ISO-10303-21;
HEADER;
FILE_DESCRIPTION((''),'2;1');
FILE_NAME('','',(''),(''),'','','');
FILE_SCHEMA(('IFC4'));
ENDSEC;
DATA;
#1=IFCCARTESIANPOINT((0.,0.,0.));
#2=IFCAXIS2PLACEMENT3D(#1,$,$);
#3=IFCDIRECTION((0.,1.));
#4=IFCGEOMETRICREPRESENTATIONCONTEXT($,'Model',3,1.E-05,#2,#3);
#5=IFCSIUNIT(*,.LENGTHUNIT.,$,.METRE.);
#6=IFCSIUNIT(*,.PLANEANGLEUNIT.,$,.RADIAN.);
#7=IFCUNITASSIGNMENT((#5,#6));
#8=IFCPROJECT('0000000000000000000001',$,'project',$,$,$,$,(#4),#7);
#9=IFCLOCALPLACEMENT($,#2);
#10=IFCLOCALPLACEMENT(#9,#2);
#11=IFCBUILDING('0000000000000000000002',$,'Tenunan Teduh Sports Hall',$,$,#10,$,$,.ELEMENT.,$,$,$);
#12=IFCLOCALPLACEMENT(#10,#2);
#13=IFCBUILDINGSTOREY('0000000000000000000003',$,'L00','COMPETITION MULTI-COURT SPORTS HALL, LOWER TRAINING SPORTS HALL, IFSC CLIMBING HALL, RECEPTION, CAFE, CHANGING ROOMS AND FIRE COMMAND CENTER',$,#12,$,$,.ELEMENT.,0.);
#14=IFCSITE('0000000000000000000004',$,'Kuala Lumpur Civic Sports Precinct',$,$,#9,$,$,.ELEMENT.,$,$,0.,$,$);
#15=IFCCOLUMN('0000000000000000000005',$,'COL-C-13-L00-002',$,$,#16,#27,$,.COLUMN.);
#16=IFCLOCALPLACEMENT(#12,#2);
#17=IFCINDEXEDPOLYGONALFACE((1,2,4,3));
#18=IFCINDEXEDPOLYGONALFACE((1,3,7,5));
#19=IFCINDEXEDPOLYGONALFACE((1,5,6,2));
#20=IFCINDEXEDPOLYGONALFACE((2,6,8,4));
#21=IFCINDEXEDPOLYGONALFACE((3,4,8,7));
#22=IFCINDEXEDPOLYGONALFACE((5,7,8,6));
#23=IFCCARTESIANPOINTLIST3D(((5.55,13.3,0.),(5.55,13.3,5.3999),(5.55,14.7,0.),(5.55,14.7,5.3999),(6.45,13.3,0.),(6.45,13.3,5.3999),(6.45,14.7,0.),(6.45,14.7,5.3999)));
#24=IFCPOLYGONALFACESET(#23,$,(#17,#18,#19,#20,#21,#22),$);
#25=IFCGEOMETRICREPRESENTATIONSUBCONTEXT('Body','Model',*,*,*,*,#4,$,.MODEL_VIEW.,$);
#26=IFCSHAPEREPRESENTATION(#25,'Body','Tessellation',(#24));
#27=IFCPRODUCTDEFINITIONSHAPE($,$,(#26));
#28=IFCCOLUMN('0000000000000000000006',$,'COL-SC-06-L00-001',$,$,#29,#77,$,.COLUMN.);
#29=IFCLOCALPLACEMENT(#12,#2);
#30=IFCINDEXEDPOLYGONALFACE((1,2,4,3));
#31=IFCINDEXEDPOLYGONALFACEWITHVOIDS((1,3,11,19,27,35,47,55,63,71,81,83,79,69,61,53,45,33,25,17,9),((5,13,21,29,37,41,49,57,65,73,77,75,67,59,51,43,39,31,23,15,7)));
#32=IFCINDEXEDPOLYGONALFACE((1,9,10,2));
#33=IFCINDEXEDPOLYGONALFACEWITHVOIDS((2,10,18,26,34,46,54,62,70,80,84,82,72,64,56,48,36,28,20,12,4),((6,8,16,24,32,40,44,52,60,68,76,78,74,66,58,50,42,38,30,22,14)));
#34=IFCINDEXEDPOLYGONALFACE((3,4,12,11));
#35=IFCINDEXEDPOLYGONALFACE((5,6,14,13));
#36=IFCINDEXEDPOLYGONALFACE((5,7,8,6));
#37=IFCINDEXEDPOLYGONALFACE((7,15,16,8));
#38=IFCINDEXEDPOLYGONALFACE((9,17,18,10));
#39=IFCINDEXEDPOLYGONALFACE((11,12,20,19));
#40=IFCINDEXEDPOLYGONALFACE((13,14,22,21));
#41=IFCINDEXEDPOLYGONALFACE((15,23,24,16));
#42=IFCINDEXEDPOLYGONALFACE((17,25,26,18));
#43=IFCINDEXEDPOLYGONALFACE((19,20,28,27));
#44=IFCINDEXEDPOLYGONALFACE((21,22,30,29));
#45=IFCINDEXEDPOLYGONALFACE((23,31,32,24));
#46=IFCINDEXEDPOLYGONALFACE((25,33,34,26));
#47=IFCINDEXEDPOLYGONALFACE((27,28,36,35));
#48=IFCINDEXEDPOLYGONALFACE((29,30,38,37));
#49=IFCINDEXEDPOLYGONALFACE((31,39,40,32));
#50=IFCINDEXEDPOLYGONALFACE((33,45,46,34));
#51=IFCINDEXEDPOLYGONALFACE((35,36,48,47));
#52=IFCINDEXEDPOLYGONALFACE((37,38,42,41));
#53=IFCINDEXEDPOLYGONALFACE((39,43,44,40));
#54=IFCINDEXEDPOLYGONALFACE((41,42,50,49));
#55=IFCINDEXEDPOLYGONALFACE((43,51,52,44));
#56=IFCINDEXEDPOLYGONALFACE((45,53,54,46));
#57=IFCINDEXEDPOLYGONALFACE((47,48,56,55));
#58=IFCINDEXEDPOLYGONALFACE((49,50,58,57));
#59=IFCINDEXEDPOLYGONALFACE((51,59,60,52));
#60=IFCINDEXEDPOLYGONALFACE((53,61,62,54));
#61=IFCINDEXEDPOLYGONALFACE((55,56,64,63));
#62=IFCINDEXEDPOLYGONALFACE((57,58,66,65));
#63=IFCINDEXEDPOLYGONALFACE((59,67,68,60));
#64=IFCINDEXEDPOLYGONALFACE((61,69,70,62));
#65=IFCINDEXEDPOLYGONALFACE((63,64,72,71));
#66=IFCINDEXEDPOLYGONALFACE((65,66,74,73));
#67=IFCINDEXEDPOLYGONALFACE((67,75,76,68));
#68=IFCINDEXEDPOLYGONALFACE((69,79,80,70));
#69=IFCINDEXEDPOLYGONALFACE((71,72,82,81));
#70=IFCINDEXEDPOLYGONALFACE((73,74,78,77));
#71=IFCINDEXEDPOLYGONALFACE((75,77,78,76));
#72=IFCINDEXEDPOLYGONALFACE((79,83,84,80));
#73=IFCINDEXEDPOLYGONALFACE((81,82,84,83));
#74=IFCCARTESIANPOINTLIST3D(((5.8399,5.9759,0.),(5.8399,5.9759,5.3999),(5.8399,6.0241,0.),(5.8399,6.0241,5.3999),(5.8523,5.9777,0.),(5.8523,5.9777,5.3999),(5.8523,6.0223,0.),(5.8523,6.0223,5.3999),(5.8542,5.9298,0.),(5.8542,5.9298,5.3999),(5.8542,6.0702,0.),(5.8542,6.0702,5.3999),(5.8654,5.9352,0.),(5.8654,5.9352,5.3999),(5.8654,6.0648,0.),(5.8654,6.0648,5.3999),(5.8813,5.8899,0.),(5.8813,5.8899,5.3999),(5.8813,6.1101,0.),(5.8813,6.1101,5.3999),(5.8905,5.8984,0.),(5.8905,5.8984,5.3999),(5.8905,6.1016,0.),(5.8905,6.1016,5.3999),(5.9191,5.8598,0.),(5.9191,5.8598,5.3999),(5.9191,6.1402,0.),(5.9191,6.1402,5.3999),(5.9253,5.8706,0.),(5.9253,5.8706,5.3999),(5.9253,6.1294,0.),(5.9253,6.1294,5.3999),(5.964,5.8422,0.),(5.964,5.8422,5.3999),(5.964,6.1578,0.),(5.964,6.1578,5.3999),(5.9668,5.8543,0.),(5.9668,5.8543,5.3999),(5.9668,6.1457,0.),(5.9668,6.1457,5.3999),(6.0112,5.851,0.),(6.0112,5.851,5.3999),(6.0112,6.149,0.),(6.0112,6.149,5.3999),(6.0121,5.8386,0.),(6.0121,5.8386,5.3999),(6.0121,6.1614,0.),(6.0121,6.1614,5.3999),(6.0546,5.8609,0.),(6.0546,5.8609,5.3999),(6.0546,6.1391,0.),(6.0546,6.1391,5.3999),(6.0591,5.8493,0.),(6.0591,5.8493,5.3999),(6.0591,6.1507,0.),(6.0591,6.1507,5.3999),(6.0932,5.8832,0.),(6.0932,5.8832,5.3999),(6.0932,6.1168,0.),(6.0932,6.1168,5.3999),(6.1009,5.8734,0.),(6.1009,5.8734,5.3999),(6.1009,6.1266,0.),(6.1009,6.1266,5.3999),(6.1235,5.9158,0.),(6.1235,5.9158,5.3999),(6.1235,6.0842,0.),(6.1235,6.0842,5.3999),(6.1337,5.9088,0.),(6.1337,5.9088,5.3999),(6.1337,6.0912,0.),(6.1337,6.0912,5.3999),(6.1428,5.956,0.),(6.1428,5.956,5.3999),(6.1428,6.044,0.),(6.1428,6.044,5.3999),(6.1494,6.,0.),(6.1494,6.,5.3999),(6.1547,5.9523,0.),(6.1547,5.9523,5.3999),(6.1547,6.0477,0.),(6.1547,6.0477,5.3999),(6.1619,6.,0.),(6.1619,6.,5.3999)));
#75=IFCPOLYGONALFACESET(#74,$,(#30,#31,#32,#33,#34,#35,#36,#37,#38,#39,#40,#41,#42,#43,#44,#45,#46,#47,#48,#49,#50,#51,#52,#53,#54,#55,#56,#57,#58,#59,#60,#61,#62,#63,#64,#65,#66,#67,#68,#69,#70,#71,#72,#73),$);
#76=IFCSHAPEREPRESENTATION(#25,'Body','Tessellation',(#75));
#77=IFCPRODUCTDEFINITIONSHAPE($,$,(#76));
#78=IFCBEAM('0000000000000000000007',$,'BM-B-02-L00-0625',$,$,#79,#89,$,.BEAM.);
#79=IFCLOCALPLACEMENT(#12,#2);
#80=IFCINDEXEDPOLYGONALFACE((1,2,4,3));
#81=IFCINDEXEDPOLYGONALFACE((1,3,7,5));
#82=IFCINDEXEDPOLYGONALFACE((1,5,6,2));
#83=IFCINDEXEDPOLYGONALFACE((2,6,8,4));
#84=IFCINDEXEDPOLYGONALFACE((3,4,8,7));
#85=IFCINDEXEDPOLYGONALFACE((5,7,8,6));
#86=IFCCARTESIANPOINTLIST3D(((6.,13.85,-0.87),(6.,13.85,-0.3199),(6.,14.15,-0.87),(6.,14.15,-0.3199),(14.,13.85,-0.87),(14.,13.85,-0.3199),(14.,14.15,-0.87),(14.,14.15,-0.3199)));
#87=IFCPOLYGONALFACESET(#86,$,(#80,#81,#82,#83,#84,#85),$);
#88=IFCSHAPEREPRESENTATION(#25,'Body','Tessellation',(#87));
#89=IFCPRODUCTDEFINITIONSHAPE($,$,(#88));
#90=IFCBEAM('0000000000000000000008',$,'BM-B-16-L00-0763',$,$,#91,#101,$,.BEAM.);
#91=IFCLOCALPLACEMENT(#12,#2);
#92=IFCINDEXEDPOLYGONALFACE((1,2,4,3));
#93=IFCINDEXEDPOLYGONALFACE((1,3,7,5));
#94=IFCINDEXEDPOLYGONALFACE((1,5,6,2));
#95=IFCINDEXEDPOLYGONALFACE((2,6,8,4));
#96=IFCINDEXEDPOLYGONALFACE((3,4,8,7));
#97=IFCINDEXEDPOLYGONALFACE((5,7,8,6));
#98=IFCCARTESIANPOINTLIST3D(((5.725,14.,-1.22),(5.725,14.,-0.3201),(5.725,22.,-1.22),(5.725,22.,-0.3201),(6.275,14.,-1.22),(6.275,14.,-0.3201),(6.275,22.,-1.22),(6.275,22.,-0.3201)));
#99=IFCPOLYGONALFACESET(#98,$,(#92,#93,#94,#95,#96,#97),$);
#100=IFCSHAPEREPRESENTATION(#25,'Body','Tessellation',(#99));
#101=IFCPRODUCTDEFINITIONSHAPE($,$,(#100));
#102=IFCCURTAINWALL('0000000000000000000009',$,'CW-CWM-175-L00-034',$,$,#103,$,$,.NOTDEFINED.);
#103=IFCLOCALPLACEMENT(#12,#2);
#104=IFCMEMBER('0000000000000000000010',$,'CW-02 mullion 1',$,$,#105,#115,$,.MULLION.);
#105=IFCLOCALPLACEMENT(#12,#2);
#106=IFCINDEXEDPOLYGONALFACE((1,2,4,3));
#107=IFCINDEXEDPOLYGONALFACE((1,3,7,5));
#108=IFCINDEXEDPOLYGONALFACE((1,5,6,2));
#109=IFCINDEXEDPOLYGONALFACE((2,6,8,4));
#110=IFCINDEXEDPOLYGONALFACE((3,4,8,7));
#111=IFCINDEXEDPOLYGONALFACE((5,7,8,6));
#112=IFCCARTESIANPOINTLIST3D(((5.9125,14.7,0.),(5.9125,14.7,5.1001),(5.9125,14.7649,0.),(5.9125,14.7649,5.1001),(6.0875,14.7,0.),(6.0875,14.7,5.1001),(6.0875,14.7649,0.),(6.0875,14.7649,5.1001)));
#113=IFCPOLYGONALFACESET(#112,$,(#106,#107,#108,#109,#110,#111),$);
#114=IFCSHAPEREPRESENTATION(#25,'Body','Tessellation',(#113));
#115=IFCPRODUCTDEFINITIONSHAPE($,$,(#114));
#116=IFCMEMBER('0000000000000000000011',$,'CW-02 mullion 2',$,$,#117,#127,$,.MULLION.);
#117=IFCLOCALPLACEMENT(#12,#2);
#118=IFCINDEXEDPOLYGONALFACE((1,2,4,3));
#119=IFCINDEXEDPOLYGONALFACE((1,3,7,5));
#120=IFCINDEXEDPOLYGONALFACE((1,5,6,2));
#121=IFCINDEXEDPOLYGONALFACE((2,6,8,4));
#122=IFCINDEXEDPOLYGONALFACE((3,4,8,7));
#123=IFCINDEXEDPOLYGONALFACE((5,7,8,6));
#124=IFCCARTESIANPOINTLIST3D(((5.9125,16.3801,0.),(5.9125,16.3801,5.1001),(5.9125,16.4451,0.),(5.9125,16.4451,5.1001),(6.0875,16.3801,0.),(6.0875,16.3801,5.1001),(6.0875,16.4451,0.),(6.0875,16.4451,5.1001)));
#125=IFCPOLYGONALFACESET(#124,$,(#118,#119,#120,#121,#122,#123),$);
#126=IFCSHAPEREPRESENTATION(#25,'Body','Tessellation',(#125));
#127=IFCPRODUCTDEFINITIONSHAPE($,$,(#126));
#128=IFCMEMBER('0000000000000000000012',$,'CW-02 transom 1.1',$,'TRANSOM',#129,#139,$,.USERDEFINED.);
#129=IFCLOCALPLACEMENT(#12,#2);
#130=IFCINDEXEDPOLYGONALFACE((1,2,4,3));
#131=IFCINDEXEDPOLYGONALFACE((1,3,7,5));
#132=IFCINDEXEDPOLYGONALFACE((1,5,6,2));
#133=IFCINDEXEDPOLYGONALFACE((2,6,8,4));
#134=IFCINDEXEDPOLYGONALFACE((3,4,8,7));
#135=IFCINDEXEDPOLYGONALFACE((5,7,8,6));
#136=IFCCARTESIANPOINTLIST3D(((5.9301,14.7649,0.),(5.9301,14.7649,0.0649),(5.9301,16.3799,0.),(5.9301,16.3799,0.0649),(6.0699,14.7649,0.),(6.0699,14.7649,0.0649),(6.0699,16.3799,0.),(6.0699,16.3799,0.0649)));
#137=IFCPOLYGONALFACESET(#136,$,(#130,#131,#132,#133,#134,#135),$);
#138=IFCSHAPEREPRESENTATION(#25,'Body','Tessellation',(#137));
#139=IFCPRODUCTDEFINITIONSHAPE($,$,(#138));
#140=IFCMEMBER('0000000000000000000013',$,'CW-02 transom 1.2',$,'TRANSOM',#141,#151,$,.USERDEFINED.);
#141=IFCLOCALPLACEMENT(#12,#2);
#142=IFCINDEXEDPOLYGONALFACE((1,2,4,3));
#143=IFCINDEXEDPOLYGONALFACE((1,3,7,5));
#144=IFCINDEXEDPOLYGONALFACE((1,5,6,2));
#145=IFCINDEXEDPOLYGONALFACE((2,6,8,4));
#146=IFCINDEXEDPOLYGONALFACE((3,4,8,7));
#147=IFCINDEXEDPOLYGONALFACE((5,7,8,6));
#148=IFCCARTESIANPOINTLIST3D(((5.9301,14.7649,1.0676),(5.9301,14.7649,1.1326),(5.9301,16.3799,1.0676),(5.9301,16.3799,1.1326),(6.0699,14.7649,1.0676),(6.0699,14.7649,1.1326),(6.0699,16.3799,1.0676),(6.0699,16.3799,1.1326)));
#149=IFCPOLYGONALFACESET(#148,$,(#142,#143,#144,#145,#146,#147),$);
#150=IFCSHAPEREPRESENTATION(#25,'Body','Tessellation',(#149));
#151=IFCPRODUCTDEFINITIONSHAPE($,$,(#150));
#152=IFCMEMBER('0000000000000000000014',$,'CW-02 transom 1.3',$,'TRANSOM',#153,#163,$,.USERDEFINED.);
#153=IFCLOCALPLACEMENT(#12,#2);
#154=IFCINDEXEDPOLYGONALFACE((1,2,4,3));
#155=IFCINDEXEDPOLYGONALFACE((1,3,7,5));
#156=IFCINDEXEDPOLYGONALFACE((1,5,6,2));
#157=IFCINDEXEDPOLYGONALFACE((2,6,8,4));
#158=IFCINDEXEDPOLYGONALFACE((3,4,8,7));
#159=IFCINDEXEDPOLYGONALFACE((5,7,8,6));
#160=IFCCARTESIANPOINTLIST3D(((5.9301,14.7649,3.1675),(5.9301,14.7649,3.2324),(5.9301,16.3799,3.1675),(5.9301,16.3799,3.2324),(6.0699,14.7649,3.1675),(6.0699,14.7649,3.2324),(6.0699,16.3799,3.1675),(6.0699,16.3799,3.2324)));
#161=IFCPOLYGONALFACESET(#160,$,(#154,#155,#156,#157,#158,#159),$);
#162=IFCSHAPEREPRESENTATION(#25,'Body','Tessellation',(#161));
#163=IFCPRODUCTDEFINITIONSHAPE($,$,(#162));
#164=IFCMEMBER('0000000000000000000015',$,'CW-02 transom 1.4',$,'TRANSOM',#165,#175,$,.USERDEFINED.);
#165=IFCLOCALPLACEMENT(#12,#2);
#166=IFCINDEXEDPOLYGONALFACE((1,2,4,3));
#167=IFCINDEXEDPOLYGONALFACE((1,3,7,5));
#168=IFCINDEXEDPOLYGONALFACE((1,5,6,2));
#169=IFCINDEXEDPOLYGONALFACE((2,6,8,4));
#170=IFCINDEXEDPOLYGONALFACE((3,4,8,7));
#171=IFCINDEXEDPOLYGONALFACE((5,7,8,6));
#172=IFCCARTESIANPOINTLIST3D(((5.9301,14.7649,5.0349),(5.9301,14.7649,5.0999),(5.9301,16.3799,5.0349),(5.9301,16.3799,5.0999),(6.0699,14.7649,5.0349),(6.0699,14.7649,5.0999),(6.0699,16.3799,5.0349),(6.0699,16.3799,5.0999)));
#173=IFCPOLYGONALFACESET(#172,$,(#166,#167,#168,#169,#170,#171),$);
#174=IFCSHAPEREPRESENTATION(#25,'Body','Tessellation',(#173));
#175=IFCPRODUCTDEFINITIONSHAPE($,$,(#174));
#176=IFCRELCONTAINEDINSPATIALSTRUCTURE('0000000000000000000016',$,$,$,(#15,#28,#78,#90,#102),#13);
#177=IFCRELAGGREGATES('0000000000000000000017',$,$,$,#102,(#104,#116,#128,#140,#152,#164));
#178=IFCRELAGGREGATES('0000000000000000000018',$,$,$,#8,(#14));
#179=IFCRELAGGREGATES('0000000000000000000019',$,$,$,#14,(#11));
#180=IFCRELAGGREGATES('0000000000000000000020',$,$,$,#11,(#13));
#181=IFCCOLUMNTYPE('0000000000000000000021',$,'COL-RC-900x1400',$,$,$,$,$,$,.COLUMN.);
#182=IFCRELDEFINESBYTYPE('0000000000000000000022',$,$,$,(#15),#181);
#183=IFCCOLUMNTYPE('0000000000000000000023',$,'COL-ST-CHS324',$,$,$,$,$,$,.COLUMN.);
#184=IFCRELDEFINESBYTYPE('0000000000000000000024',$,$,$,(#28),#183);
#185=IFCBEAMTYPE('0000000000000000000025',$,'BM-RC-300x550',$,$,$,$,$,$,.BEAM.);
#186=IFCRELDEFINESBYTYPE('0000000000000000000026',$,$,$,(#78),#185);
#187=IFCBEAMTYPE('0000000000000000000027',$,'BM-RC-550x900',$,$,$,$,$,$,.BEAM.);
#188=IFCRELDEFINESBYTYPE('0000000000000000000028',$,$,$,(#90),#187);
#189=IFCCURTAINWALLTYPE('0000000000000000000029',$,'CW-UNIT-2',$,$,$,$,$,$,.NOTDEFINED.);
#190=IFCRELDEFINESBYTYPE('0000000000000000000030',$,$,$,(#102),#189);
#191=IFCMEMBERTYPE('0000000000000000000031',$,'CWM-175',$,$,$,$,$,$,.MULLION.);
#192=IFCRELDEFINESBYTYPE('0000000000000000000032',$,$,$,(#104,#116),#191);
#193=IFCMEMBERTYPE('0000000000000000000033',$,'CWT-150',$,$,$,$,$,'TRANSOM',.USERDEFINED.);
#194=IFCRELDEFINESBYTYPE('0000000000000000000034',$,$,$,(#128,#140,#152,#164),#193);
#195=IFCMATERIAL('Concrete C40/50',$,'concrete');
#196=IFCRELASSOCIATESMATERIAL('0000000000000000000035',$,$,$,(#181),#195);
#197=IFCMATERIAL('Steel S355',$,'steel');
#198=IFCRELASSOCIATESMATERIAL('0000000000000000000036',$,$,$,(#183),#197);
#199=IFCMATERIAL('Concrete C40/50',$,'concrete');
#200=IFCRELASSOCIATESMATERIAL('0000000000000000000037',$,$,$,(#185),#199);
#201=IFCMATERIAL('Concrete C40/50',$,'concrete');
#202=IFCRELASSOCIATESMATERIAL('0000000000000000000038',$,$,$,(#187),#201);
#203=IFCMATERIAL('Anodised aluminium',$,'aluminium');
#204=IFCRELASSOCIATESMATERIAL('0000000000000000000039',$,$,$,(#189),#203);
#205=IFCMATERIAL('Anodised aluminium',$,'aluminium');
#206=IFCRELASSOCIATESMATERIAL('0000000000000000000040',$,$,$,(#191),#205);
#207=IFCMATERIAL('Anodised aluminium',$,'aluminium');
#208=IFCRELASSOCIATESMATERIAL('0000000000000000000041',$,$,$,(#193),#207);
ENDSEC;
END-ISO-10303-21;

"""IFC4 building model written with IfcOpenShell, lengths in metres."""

from ifc_helpers import new_model, si_unit, direction, frame, origin, origin_2d, place, context, subcontext, project, spatial, rectangle, hollow_circle, extrude, material, material_profile, profile_set, type_object, element, aggregate, save


model = new_model("IFC4")

# Units and contexts
model_context = context("Model", 3, precision=1e-05, world=origin(), true_north=direction((0.0, 1.0)))
body_context = subcontext(model_context, "Body", "Model", "MODEL_VIEW")
ifc_project = project(units=[si_unit("LENGTHUNIT", "METRE"), si_unit("PLANEANGLEUNIT", "RADIAN")], contexts=[model_context])

# Site, building, storey
site_placement = place(None, origin())
site = spatial("IfcSite", under=ifc_project, at=site_placement, Name="Kuala Lumpur Civic Sports Precinct", CompositionType="ELEMENT", RefElevation=0.0)
building_placement = place(site_placement, origin())
building = spatial("IfcBuilding", under=site, at=building_placement, Name="Tenunan Teduh Sports Hall", CompositionType="ELEMENT")
storey_placement = place(building_placement, origin())
storey = spatial("IfcBuildingStorey", under=building, at=storey_placement, Name="L00", Description="COMPETITION MULTI-COURT SPORTS HALL, LOWER TRAINING SPORTS HALL, IFSC CLIMBING HALL, RECEPTION, CAFE, CHANGING ROOMS AND FIRE COMMAND CENTER", CompositionType="ELEMENT", Elevation=0.0)

# Columns
ifc_material_1 = material(Name="Concrete C40/50", Category="concrete")
ifc_material_profile_1 = material_profile(ifc_material_1, rectangle(XDim=0.8999, YDim=1.3999, at=origin_2d()), Name="RC 900x1400")
ifc_profile_set_1 = profile_set([ifc_material_profile_1], Name="Concrete C40/50")
column_type_1 = type_object("IfcColumnType", Name="COL-RC-900x1400", PredefinedType="COLUMN", material=ifc_profile_set_1)
column_1_placement = place(storey_placement, frame((6.0, 14.0, 0.0), z_axis=(0.0, 0.0, 1.0), x_axis=(1.0, 0.0, 0.0)))
element("IfcColumn", 1, at=column_1_placement, inside=storey, type_object=column_type_1, Name="COL-C-13-L00-002", PredefinedType="COLUMN", context=body_context, shape_type="SweptSolid", body=[
    extrude(rectangle(XDim=0.8999, YDim=1.3999, at=origin_2d()), origin(), (0.0, 0.0, 1.0), 5.3999),
])
ifc_material_2 = material(Name="Steel S355", Category="steel")
ifc_material_profile_2 = material_profile(ifc_material_2, hollow_circle(Radius=0.1619, WallThickness=0.0125, at=origin_2d()), Name="CHS 323.9x12.5")
ifc_profile_set_2 = profile_set([ifc_material_profile_2], Name="Steel S355")
column_type_2 = type_object("IfcColumnType", Name="COL-ST-CHS324", PredefinedType="COLUMN", material=ifc_profile_set_2)
column_2_placement = place(storey_placement, frame((6.0, 6.0, 0.0), z_axis=(0.0, 0.0, 1.0), x_axis=(1.0, 0.0, 0.0)))
element("IfcColumn", 2, at=column_2_placement, inside=storey, type_object=column_type_2, Name="COL-SC-06-L00-001", PredefinedType="COLUMN", context=body_context, shape_type="SweptSolid", body=[
    extrude(hollow_circle(Radius=0.1619, WallThickness=0.0125, at=origin_2d()), origin(), (0.0, 0.0, 1.0), 5.3999),
])

# Beams
ifc_material_3 = material(Name="Concrete C40/50", Category="concrete")
ifc_material_profile_3 = material_profile(ifc_material_3, rectangle(XDim=0.3, YDim=0.55, at=origin_2d()), Name="RCB 300x550")
ifc_profile_set_3 = profile_set([ifc_material_profile_3], Name="Concrete C40/50")
beam_type_1 = type_object("IfcBeamType", Name="BM-RC-300x550", PredefinedType="BEAM", material=ifc_profile_set_3)
beam_1_placement = place(storey_placement, frame((6.0, 14.0, -0.595), z_axis=(1.0, 0.0, 0.0), x_axis=(0.0, 1.0, 0.0)))
element("IfcBeam", 3, at=beam_1_placement, inside=storey, type_object=beam_type_1, Name="BM-B-02-L00-0625", PredefinedType="BEAM", context=body_context, shape_type="SweptSolid", body=[
    extrude(rectangle(XDim=0.3, YDim=0.55, at=origin_2d()), origin(), (0.0, 0.0, 1.0), 8.0),
])
ifc_material_4 = material(Name="Concrete C40/50", Category="concrete")
ifc_material_profile_4 = material_profile(ifc_material_4, rectangle(XDim=0.55, YDim=0.8999, at=origin_2d()), Name="RCB 550x900")
ifc_profile_set_4 = profile_set([ifc_material_profile_4], Name="Concrete C40/50")
beam_type_2 = type_object("IfcBeamType", Name="BM-RC-550x900", PredefinedType="BEAM", material=ifc_profile_set_4)
beam_2_placement = place(storey_placement, frame((6.0, 14.0, -0.77), z_axis=(0.0, 1.0, 0.0), x_axis=(-1.0, 0.0, 0.0)))
element("IfcBeam", 4, at=beam_2_placement, inside=storey, type_object=beam_type_2, Name="BM-B-16-L00-0763", PredefinedType="BEAM", context=body_context, shape_type="SweptSolid", body=[
    extrude(rectangle(XDim=0.55, YDim=0.8999, at=origin_2d()), origin(), (0.0, 0.0, 1.0), 8.0),
])

# Curtain wall, members
ifc_material_5 = material(Name="Anodised aluminium", Category="aluminium")
curtain_wall_type = type_object("IfcCurtainWallType", Name="CW-UNIT-2", PredefinedType="NOTDEFINED", material=ifc_material_5)
curtain_wall_placement = place(storey_placement, origin())
curtain_wall = element("IfcCurtainWall", 5, at=curtain_wall_placement, inside=storey, type_object=curtain_wall_type, Name="CW-CWM-175-L00-034", PredefinedType="NOTDEFINED")
ifc_material_6 = material(Name="Anodised aluminium", Category="aluminium")
ifc_material_profile_5 = material_profile(ifc_material_6, rectangle(XDim=0.0649, YDim=0.175, at=origin_2d()), Name="CWM 65x175")
ifc_profile_set_5 = profile_set([ifc_material_profile_5], Name="Anodised aluminium")
member_type_1 = type_object("IfcMemberType", Name="CWM-175", PredefinedType="MULLION", material=ifc_profile_set_5)
member_1_placement = place(storey_placement, frame((6.0, 14.7324, 0.0), z_axis=(0.0, 0.0, 1.0), x_axis=(0.0, 1.0, 0.0)))
member_1 = element("IfcMember", 6, at=member_1_placement, type_object=member_type_1, Name="CW-02 mullion 1", PredefinedType="MULLION", context=body_context, shape_type="SweptSolid", body=[
    extrude(rectangle(XDim=0.0649, YDim=0.175, at=origin_2d()), origin(), (0.0, 0.0, 1.0), 5.1001),
])
member_2_placement = place(storey_placement, frame((6.0, 16.4126, 0.0), z_axis=(0.0, 0.0, 1.0), x_axis=(0.0, 1.0, 0.0)))
member_2 = element("IfcMember", 7, at=member_2_placement, type_object=member_type_1, Name="CW-02 mullion 2", PredefinedType="MULLION", context=body_context, shape_type="SweptSolid", body=[
    extrude(rectangle(XDim=0.0649, YDim=0.175, at=origin_2d()), origin(), (0.0, 0.0, 1.0), 5.1001),
])
ifc_material_7 = material(Name="Anodised aluminium", Category="aluminium")
ifc_material_profile_6 = material_profile(ifc_material_7, rectangle(XDim=0.0649, YDim=0.1399, at=origin_2d()), Name="CWT 65x140")
ifc_profile_set_6 = profile_set([ifc_material_profile_6], Name="Anodised aluminium")
member_type_2 = type_object("IfcMemberType", Name="CWT-150", ElementType="TRANSOM", PredefinedType="USERDEFINED", material=ifc_profile_set_6)
member_3_placement = place(storey_placement, frame((6.0, 14.7649, 0.0325), z_axis=(0.0, 1.0, 0.0), x_axis=(0.0, 0.0, 1.0)))
member_3 = element("IfcMember", 8, at=member_3_placement, type_object=member_type_2, Name="CW-02 transom 1.1", ObjectType="TRANSOM", PredefinedType="USERDEFINED", context=body_context, shape_type="SweptSolid", body=[
    extrude(rectangle(XDim=0.0649, YDim=0.1399, at=origin_2d()), origin(), (0.0, 0.0, 1.0), 1.615),
])
member_4_placement = place(storey_placement, frame((6.0, 14.7649, 1.1001), z_axis=(0.0, 1.0, 0.0), x_axis=(0.0, 0.0, 1.0)))
member_4 = element("IfcMember", 9, at=member_4_placement, type_object=member_type_2, Name="CW-02 transom 1.2", ObjectType="TRANSOM", PredefinedType="USERDEFINED", context=body_context, shape_type="SweptSolid", body=[
    extrude(rectangle(XDim=0.0649, YDim=0.1399, at=origin_2d()), origin(), (0.0, 0.0, 1.0), 1.615),
])
member_5_placement = place(storey_placement, frame((6.0, 14.7649, 3.2), z_axis=(0.0, 1.0, 0.0), x_axis=(0.0, 0.0, 1.0)))
member_5 = element("IfcMember", 10, at=member_5_placement, type_object=member_type_2, Name="CW-02 transom 1.3", ObjectType="TRANSOM", PredefinedType="USERDEFINED", context=body_context, shape_type="SweptSolid", body=[
    extrude(rectangle(XDim=0.0649, YDim=0.1399, at=origin_2d()), origin(), (0.0, 0.0, 1.0), 1.615),
])
member_6_placement = place(storey_placement, frame((6.0, 14.7649, 5.0674), z_axis=(0.0, 1.0, 0.0), x_axis=(0.0, 0.0, 1.0)))
member_6 = element("IfcMember", 11, at=member_6_placement, type_object=member_type_2, Name="CW-02 transom 1.4", ObjectType="TRANSOM", PredefinedType="USERDEFINED", context=body_context, shape_type="SweptSolid", body=[
    extrude(rectangle(XDim=0.0649, YDim=0.1399, at=origin_2d()), origin(), (0.0, 0.0, 1.0), 1.615),
])

aggregate(curtain_wall, [member_1, member_2, member_3, member_4, member_5, member_6])

save(model, "model.ifc")
